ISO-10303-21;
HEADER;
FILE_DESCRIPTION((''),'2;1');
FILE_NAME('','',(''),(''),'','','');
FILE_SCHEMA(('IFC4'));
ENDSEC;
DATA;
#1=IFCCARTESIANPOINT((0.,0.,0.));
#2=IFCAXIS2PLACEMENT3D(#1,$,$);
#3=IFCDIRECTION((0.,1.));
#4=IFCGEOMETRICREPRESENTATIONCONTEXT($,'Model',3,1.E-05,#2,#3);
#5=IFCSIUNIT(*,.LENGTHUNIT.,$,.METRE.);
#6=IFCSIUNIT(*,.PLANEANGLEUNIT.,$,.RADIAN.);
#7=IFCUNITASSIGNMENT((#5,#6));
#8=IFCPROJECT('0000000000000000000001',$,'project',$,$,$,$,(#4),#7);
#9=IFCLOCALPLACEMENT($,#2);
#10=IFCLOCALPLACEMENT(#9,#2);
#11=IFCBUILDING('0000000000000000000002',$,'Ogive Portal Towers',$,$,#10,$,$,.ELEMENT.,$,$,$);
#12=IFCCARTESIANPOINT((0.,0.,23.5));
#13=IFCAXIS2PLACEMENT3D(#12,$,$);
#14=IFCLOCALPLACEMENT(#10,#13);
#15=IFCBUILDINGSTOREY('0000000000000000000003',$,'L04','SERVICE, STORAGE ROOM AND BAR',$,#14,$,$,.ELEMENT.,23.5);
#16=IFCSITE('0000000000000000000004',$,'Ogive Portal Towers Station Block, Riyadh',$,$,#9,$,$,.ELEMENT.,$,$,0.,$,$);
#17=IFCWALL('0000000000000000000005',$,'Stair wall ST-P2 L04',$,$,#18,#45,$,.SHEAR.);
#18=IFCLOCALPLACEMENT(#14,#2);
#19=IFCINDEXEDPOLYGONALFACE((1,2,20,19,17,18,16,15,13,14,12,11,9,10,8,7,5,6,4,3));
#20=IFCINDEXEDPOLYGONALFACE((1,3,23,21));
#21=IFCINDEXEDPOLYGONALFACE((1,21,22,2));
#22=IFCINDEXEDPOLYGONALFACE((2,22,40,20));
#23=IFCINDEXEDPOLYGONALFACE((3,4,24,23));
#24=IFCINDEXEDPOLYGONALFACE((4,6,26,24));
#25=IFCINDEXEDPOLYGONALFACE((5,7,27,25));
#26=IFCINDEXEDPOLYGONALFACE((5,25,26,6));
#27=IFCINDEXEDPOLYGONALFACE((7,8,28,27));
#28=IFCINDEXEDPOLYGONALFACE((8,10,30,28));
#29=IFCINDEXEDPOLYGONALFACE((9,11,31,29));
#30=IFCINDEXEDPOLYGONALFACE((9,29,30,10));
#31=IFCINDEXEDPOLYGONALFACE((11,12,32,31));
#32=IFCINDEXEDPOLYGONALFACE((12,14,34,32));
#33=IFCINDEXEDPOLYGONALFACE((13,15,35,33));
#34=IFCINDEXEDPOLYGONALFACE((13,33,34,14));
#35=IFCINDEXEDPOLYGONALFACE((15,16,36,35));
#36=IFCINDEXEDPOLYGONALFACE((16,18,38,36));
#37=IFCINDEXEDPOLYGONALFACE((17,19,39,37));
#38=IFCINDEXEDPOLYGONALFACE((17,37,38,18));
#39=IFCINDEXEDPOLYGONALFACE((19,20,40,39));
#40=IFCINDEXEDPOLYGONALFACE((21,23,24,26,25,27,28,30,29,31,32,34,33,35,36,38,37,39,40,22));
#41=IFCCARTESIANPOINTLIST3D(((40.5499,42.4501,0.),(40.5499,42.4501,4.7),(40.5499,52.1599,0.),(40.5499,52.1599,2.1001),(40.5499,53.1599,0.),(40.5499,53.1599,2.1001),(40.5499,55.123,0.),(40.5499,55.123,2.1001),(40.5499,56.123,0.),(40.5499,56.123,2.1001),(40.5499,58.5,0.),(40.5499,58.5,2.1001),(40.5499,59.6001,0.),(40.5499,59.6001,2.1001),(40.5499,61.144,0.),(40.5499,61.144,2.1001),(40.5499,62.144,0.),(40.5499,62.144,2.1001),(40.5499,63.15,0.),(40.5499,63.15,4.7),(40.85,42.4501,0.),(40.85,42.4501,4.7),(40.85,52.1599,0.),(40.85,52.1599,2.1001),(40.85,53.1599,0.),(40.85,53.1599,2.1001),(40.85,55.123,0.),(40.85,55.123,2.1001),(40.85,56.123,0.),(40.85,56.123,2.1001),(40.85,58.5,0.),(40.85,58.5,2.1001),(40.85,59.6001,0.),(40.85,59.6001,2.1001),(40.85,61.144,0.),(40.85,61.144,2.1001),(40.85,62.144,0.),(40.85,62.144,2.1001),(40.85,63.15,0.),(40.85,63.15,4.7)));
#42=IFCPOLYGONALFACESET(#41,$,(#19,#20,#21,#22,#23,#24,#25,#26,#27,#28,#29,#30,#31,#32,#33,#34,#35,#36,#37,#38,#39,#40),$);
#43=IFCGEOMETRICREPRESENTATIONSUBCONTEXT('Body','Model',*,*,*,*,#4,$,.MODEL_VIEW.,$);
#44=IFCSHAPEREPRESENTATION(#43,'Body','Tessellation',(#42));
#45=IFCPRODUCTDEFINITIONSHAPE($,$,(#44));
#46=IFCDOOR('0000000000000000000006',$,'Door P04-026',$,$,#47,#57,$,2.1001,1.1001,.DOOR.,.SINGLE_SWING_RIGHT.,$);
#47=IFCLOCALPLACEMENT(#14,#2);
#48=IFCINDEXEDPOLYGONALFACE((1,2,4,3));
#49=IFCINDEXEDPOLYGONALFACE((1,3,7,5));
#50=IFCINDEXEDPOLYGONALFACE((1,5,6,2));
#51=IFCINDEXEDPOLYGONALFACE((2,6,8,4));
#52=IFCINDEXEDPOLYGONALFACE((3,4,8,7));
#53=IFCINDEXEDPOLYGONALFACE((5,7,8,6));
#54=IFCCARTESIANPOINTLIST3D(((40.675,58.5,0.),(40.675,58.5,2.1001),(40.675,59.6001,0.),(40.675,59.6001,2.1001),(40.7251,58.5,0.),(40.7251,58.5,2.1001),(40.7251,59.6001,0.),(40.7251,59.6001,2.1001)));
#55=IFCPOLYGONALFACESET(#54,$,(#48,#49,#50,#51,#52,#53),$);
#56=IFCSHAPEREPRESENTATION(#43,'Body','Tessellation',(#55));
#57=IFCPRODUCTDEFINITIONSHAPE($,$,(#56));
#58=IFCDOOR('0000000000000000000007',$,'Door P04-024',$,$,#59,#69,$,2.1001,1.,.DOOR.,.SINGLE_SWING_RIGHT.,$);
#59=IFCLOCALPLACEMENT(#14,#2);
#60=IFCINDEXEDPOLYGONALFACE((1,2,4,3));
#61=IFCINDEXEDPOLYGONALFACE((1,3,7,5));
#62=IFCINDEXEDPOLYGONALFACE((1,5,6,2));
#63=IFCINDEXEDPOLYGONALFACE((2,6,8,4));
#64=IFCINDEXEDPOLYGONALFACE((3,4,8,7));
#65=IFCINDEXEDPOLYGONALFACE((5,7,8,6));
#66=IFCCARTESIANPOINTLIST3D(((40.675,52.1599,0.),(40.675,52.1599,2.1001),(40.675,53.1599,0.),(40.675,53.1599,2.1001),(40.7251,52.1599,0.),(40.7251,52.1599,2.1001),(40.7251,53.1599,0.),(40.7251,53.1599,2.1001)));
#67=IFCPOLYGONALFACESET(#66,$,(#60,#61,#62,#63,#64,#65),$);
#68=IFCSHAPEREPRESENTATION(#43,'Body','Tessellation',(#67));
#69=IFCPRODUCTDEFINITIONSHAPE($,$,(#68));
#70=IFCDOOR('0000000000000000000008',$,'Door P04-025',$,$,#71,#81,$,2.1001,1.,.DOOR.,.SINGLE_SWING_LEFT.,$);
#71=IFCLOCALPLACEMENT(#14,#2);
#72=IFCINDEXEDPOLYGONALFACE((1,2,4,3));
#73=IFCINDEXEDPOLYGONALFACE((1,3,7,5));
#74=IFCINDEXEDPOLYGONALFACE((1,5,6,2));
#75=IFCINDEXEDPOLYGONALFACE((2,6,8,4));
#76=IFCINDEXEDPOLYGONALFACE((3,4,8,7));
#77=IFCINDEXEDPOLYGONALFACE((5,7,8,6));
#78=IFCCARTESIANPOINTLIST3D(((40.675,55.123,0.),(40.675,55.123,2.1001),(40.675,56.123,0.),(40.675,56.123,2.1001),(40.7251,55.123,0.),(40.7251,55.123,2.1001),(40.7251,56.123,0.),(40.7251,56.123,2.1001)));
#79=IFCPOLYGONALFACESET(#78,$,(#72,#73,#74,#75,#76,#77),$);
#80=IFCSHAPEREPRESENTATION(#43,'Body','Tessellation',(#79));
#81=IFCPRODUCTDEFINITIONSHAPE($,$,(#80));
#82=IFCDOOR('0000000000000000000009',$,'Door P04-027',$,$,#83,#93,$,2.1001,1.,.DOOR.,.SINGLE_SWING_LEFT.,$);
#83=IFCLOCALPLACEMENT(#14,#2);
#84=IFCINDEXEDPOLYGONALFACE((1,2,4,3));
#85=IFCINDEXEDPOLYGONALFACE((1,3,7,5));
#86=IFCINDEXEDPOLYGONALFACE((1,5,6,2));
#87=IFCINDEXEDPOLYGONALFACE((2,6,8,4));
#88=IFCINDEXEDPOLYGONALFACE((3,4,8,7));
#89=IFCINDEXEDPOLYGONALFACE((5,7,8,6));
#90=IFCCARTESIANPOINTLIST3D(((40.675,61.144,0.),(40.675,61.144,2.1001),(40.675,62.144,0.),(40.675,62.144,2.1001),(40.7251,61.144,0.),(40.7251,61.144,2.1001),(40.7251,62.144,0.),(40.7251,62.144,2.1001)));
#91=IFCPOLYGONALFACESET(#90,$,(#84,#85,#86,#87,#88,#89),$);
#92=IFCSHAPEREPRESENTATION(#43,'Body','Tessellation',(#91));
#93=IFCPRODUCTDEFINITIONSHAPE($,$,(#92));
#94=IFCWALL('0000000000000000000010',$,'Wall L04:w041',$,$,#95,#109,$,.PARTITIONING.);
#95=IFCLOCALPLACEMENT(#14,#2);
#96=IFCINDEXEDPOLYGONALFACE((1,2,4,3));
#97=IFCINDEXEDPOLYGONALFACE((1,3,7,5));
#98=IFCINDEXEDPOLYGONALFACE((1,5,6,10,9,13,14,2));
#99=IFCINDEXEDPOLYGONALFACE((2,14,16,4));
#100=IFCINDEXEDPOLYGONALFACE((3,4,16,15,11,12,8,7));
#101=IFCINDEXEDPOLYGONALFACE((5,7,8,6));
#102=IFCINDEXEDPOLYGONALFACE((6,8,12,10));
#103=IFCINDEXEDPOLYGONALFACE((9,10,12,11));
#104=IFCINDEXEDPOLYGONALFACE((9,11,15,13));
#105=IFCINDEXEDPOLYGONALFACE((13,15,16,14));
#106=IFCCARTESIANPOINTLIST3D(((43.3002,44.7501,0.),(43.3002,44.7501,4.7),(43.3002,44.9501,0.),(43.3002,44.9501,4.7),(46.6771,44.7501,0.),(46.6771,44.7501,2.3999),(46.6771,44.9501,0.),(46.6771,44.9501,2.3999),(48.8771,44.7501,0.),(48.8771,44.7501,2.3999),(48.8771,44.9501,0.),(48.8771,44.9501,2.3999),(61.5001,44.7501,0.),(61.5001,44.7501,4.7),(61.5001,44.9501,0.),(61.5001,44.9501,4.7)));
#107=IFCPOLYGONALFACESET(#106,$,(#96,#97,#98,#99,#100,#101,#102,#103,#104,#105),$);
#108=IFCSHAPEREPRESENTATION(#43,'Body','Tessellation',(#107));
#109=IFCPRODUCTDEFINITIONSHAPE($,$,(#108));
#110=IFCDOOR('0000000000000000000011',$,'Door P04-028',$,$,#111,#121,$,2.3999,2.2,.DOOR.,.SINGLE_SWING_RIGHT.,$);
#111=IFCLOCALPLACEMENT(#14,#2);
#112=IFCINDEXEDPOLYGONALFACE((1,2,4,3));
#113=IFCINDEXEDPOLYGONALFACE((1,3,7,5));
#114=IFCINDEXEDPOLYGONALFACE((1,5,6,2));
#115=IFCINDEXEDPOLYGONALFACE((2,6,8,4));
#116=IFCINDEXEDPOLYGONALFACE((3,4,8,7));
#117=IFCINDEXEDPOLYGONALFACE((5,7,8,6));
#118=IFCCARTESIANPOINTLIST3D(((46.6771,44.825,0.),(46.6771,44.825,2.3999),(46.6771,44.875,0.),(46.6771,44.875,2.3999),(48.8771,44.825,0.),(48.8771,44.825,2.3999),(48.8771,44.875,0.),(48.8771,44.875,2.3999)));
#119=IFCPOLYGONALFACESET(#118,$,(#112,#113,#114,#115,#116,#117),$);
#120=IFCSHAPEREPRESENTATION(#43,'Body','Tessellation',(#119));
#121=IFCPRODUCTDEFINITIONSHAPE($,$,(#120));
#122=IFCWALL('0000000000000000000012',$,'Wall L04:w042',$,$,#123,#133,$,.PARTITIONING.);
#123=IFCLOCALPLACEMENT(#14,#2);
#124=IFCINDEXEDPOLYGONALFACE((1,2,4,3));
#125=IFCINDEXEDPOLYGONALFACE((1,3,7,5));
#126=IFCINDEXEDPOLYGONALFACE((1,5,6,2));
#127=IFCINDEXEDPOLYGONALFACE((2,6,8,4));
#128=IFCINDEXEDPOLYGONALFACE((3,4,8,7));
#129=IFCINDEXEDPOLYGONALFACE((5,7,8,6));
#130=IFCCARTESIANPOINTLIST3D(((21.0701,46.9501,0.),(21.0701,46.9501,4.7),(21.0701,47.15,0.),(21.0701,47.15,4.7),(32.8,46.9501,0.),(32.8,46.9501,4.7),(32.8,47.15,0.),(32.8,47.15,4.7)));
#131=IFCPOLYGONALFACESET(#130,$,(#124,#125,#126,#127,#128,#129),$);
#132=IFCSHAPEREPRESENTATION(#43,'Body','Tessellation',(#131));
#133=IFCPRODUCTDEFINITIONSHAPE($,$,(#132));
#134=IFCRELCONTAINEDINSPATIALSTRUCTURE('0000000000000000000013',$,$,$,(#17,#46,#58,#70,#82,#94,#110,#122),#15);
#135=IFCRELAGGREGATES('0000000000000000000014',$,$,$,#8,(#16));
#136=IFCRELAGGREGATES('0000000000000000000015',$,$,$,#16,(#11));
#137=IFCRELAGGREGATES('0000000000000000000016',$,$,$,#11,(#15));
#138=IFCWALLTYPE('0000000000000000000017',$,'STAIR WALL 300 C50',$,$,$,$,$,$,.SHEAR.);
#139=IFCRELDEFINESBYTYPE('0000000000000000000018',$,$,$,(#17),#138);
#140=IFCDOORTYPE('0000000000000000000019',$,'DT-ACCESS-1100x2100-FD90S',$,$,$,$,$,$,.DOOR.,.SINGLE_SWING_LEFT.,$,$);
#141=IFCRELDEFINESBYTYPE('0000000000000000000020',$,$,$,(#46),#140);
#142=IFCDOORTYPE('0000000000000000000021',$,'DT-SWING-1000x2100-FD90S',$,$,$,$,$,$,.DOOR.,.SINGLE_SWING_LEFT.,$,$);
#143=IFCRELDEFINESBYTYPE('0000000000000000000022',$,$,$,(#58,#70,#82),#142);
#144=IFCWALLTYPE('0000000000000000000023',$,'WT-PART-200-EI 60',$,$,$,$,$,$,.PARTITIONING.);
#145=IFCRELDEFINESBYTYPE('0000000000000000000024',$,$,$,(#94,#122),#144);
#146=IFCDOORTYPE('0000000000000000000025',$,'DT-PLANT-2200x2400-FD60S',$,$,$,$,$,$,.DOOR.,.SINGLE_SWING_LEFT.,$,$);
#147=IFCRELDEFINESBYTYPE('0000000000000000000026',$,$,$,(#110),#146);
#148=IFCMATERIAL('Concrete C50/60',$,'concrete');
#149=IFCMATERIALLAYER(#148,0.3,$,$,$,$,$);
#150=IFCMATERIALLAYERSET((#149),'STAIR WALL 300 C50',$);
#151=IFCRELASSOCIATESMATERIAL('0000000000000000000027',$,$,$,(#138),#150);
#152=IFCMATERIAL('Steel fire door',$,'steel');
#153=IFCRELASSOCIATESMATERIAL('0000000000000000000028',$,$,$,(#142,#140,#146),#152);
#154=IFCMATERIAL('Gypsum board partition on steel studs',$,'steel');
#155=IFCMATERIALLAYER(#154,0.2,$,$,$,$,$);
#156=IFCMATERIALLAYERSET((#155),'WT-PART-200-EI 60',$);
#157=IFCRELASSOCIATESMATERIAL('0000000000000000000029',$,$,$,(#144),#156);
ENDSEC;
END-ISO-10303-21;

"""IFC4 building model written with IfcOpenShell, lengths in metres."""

from ifc_helpers import new_model, si_unit, direction, frame, frame_2d, origin, place, context, subcontext, project, spatial, rectangle, extrude, material, layer, layer_set, type_object, element, fill, save


model = new_model("IFC4")

# Units and contexts
model_context = context("Model", 3, precision=1e-05, world=origin(), true_north=direction((0.0, 1.0)))
body_context = subcontext(model_context, "Body", "Model", "MODEL_VIEW")
ifc_project = project(units=[si_unit("LENGTHUNIT", "METRE"), si_unit("PLANEANGLEUNIT", "RADIAN")], contexts=[model_context])

# Site, building, storey
site_placement = place(None, origin())
site = spatial("IfcSite", under=ifc_project, at=site_placement, Name="Ogive Portal Towers Station Block, Riyadh", CompositionType="ELEMENT", RefElevation=0.0)
building_placement = place(site_placement, origin())
building = spatial("IfcBuilding", under=site, at=building_placement, Name="Ogive Portal Towers", CompositionType="ELEMENT")
storey_placement = place(building_placement, frame((0.0, 0.0, 23.5)))
storey = spatial("IfcBuildingStorey", under=building, at=storey_placement, Name="L04", Description="SERVICE, STORAGE ROOM AND BAR", CompositionType="ELEMENT", Elevation=23.5)

# Shared definitions
ifc_material_1 = material(Name="Concrete C50/60", Category="concrete")

# Shared definitions
ifc_layer_1 = layer(ifc_material_1, 0.3)
ifc_layer_set_1 = layer_set([ifc_layer_1], Name="STAIR WALL 300 C50")
wall_type_1 = type_object("IfcWallType", Name="STAIR WALL 300 C50", PredefinedType="SHEAR", material=ifc_layer_set_1)
ifc_material_2 = material(Name="Steel fire door", Category="steel")
door_type_1 = type_object("IfcDoorType", Name="DT-SWING-1000x2100-FD90S", OperationType="SINGLE_SWING_LEFT", PredefinedType="DOOR", material=ifc_material_2)

# Wall, openings, doors
wall_1_placement = place(storey_placement, frame((40.7, 42.45, 0.0), z_axis=(0.0, 0.0, 1.0), x_axis=(0.0, 1.0, 0.0)))
wall_1 = element("IfcWall", 1, at=wall_1_placement, inside=storey, type_object=wall_type_1, Name="Stair wall ST-P2 L04", PredefinedType="SHEAR", context=body_context, shape_type="SweptSolid", body=[
    extrude(rectangle(XDim=20.7, YDim=0.3, at=frame_2d((10.3501, 0.0))), origin(), (0.0, 0.0, 1.0), 4.7),
])
opening_1_placement = place(wall_1_placement, frame((9.71, 0.0, 0.0)))
opening_1 = element("IfcOpeningElement", 2, at=opening_1_placement, cuts=wall_1, PredefinedType="OPENING", context=body_context, shape_type="SweptSolid", body=[
    extrude(rectangle(XDim=1.0, YDim=2.1001, at=frame_2d((0.5, 1.05))), frame((0.0, 0.1602, 0.0), z_axis=(0.0, -1.0, 0.0), x_axis=(1.0, 0.0, 0.0)), (0.0, 0.0, 1.0), 0.3201),
])
opening_2_placement = place(wall_1_placement, frame((12.6731, 0.0, 0.0)))
opening_2 = element("IfcOpeningElement", 3, at=opening_2_placement, cuts=wall_1, PredefinedType="OPENING", context=body_context, shape_type="SweptSolid", body=[
    extrude(rectangle(XDim=1.0, YDim=2.1001, at=frame_2d((0.5, 1.05))), frame((0.0, 0.1602, 0.0), z_axis=(0.0, -1.0, 0.0), x_axis=(1.0, 0.0, 0.0)), (0.0, 0.0, 1.0), 0.3201),
])
opening_3_placement = place(wall_1_placement, frame((16.05, 0.0, 0.0)))
opening_3 = element("IfcOpeningElement", 4, at=opening_3_placement, cuts=wall_1, PredefinedType="OPENING", context=body_context, shape_type="SweptSolid", body=[
    extrude(rectangle(XDim=1.1001, YDim=2.1001, at=frame_2d((0.55, 1.05))), frame((0.0, 0.1602, 0.0), z_axis=(0.0, -1.0, 0.0), x_axis=(1.0, 0.0, 0.0)), (0.0, 0.0, 1.0), 0.3201),
])
opening_4_placement = place(wall_1_placement, frame((18.6941, 0.0, 0.0)))
opening_4 = element("IfcOpeningElement", 5, at=opening_4_placement, cuts=wall_1, PredefinedType="OPENING", context=body_context, shape_type="SweptSolid", body=[
    extrude(rectangle(XDim=1.0, YDim=2.1001, at=frame_2d((0.5, 1.05))), frame((0.0, 0.1602, 0.0), z_axis=(0.0, -1.0, 0.0), x_axis=(1.0, 0.0, 0.0)), (0.0, 0.0, 1.0), 0.3201),
])
door_type_2 = type_object("IfcDoorType", Name="DT-ACCESS-1100x2100-FD90S", OperationType="SINGLE_SWING_LEFT", PredefinedType="DOOR", material=ifc_material_2)
door_1_placement = place(opening_3_placement, origin())
door_1 = element("IfcDoor", 6, at=door_1_placement, inside=storey, type_object=door_type_2, Name="Door P04-026", OperationType="SINGLE_SWING_RIGHT", OverallHeight=2.1001, OverallWidth=1.1001, PredefinedType="DOOR", context=body_context, shape_type="SweptSolid", body=[
    extrude(rectangle(XDim=1.1001, YDim=2.1001, at=frame_2d((0.55, 1.05))), frame((0.0, 0.0249, 0.0), z_axis=(0.0, -1.0, 0.0), x_axis=(1.0, 0.0, 0.0)), (0.0, 0.0, 1.0), 0.05),
])
fill(opening_3, door_1)
door_2_placement = place(opening_1_placement, origin())
door_2 = element("IfcDoor", 7, at=door_2_placement, inside=storey, type_object=door_type_1, Name="Door P04-024", OperationType="SINGLE_SWING_RIGHT", OverallHeight=2.1001, OverallWidth=1.0, PredefinedType="DOOR", context=body_context, shape_type="SweptSolid", body=[
    extrude(rectangle(XDim=1.0, YDim=2.1001, at=frame_2d((0.5, 1.05))), frame((0.0, 0.0249, 0.0), z_axis=(0.0, -1.0, 0.0), x_axis=(1.0, 0.0, 0.0)), (0.0, 0.0, 1.0), 0.05),
])
fill(opening_1, door_2)
door_3_placement = place(opening_2_placement, origin())
door_3 = element("IfcDoor", 8, at=door_3_placement, inside=storey, type_object=door_type_1, Name="Door P04-025", OperationType="SINGLE_SWING_LEFT", OverallHeight=2.1001, OverallWidth=1.0, PredefinedType="DOOR", context=body_context, shape_type="SweptSolid", body=[
    extrude(rectangle(XDim=1.0, YDim=2.1001, at=frame_2d((0.5, 1.05))), frame((0.0, 0.0249, 0.0), z_axis=(0.0, -1.0, 0.0), x_axis=(1.0, 0.0, 0.0)), (0.0, 0.0, 1.0), 0.05),
])
fill(opening_2, door_3)
door_4_placement = place(opening_4_placement, origin())
door_4 = element("IfcDoor", 9, at=door_4_placement, inside=storey, type_object=door_type_1, Name="Door P04-027", OperationType="SINGLE_SWING_LEFT", OverallHeight=2.1001, OverallWidth=1.0, PredefinedType="DOOR", context=body_context, shape_type="SweptSolid", body=[
    extrude(rectangle(XDim=1.0, YDim=2.1001, at=frame_2d((0.5, 1.05))), frame((0.0, 0.0249, 0.0), z_axis=(0.0, -1.0, 0.0), x_axis=(1.0, 0.0, 0.0)), (0.0, 0.0, 1.0), 0.05),
])
fill(opening_4, door_4)

# Wall, opening, door
ifc_material_3 = material(Name="Gypsum board partition on steel studs", Category="steel")
ifc_layer_2 = layer(ifc_material_3, 0.2)
ifc_layer_set_2 = layer_set([ifc_layer_2], Name="WT-PART-200-EI 60")
wall_type_2 = type_object("IfcWallType", Name="WT-PART-200-EI 60", PredefinedType="PARTITIONING", material=ifc_layer_set_2)
wall_2_placement = place(storey_placement, frame((43.3, 44.8501, 0.0), z_axis=(0.0, 0.0, 1.0), x_axis=(1.0, 0.0, 0.0)))
wall_2 = element("IfcWall", 10, at=wall_2_placement, inside=storey, type_object=wall_type_2, Name="Wall L04:w041", PredefinedType="PARTITIONING", context=body_context, shape_type="SweptSolid", body=[
    extrude(rectangle(XDim=18.2, YDim=0.2, at=frame_2d((9.1001, 0.0))), origin(), (0.0, 0.0, 1.0), 4.7),
])
opening_5_placement = place(wall_2_placement, frame((3.377, 0.0, 0.0)))
opening_5 = element("IfcOpeningElement", 11, at=opening_5_placement, cuts=wall_2, PredefinedType="OPENING", context=body_context, shape_type="SweptSolid", body=[
    extrude(rectangle(XDim=2.2, YDim=2.3999, at=frame_2d((1.1001, 1.2))), frame((0.0, 0.1099, 0.0), z_axis=(0.0, -1.0, 0.0), x_axis=(1.0, 0.0, 0.0)), (0.0, 0.0, 1.0), 0.22),
])
door_type_3 = type_object("IfcDoorType", Name="DT-PLANT-2200x2400-FD60S", OperationType="SINGLE_SWING_LEFT", PredefinedType="DOOR", material=ifc_material_2)
door_5_placement = place(opening_5_placement, origin())
door_5 = element("IfcDoor", 12, at=door_5_placement, inside=storey, type_object=door_type_3, Name="Door P04-028", OperationType="SINGLE_SWING_RIGHT", OverallHeight=2.3999, OverallWidth=2.2, PredefinedType="DOOR", context=body_context, shape_type="SweptSolid", body=[
    extrude(rectangle(XDim=2.2, YDim=2.3999, at=frame_2d((1.1001, 1.2))), frame((0.0, 0.0249, 0.0), z_axis=(0.0, -1.0, 0.0), x_axis=(1.0, 0.0, 0.0)), (0.0, 0.0, 1.0), 0.05),
])
fill(opening_5, door_5)

# Wall
wall_3_placement = place(storey_placement, frame((21.0701, 47.05, 0.0), z_axis=(0.0, 0.0, 1.0), x_axis=(1.0, 0.0, 0.0)))
element("IfcWall", 13, at=wall_3_placement, inside=storey, type_object=wall_type_2, Name="Wall L04:w042", PredefinedType="PARTITIONING", context=body_context, shape_type="SweptSolid", body=[
    extrude(rectangle(XDim=11.73, YDim=0.2, at=frame_2d((5.865, 0.0))), origin(), (0.0, 0.0, 1.0), 4.7),
])

save(model, "model.ifc")
